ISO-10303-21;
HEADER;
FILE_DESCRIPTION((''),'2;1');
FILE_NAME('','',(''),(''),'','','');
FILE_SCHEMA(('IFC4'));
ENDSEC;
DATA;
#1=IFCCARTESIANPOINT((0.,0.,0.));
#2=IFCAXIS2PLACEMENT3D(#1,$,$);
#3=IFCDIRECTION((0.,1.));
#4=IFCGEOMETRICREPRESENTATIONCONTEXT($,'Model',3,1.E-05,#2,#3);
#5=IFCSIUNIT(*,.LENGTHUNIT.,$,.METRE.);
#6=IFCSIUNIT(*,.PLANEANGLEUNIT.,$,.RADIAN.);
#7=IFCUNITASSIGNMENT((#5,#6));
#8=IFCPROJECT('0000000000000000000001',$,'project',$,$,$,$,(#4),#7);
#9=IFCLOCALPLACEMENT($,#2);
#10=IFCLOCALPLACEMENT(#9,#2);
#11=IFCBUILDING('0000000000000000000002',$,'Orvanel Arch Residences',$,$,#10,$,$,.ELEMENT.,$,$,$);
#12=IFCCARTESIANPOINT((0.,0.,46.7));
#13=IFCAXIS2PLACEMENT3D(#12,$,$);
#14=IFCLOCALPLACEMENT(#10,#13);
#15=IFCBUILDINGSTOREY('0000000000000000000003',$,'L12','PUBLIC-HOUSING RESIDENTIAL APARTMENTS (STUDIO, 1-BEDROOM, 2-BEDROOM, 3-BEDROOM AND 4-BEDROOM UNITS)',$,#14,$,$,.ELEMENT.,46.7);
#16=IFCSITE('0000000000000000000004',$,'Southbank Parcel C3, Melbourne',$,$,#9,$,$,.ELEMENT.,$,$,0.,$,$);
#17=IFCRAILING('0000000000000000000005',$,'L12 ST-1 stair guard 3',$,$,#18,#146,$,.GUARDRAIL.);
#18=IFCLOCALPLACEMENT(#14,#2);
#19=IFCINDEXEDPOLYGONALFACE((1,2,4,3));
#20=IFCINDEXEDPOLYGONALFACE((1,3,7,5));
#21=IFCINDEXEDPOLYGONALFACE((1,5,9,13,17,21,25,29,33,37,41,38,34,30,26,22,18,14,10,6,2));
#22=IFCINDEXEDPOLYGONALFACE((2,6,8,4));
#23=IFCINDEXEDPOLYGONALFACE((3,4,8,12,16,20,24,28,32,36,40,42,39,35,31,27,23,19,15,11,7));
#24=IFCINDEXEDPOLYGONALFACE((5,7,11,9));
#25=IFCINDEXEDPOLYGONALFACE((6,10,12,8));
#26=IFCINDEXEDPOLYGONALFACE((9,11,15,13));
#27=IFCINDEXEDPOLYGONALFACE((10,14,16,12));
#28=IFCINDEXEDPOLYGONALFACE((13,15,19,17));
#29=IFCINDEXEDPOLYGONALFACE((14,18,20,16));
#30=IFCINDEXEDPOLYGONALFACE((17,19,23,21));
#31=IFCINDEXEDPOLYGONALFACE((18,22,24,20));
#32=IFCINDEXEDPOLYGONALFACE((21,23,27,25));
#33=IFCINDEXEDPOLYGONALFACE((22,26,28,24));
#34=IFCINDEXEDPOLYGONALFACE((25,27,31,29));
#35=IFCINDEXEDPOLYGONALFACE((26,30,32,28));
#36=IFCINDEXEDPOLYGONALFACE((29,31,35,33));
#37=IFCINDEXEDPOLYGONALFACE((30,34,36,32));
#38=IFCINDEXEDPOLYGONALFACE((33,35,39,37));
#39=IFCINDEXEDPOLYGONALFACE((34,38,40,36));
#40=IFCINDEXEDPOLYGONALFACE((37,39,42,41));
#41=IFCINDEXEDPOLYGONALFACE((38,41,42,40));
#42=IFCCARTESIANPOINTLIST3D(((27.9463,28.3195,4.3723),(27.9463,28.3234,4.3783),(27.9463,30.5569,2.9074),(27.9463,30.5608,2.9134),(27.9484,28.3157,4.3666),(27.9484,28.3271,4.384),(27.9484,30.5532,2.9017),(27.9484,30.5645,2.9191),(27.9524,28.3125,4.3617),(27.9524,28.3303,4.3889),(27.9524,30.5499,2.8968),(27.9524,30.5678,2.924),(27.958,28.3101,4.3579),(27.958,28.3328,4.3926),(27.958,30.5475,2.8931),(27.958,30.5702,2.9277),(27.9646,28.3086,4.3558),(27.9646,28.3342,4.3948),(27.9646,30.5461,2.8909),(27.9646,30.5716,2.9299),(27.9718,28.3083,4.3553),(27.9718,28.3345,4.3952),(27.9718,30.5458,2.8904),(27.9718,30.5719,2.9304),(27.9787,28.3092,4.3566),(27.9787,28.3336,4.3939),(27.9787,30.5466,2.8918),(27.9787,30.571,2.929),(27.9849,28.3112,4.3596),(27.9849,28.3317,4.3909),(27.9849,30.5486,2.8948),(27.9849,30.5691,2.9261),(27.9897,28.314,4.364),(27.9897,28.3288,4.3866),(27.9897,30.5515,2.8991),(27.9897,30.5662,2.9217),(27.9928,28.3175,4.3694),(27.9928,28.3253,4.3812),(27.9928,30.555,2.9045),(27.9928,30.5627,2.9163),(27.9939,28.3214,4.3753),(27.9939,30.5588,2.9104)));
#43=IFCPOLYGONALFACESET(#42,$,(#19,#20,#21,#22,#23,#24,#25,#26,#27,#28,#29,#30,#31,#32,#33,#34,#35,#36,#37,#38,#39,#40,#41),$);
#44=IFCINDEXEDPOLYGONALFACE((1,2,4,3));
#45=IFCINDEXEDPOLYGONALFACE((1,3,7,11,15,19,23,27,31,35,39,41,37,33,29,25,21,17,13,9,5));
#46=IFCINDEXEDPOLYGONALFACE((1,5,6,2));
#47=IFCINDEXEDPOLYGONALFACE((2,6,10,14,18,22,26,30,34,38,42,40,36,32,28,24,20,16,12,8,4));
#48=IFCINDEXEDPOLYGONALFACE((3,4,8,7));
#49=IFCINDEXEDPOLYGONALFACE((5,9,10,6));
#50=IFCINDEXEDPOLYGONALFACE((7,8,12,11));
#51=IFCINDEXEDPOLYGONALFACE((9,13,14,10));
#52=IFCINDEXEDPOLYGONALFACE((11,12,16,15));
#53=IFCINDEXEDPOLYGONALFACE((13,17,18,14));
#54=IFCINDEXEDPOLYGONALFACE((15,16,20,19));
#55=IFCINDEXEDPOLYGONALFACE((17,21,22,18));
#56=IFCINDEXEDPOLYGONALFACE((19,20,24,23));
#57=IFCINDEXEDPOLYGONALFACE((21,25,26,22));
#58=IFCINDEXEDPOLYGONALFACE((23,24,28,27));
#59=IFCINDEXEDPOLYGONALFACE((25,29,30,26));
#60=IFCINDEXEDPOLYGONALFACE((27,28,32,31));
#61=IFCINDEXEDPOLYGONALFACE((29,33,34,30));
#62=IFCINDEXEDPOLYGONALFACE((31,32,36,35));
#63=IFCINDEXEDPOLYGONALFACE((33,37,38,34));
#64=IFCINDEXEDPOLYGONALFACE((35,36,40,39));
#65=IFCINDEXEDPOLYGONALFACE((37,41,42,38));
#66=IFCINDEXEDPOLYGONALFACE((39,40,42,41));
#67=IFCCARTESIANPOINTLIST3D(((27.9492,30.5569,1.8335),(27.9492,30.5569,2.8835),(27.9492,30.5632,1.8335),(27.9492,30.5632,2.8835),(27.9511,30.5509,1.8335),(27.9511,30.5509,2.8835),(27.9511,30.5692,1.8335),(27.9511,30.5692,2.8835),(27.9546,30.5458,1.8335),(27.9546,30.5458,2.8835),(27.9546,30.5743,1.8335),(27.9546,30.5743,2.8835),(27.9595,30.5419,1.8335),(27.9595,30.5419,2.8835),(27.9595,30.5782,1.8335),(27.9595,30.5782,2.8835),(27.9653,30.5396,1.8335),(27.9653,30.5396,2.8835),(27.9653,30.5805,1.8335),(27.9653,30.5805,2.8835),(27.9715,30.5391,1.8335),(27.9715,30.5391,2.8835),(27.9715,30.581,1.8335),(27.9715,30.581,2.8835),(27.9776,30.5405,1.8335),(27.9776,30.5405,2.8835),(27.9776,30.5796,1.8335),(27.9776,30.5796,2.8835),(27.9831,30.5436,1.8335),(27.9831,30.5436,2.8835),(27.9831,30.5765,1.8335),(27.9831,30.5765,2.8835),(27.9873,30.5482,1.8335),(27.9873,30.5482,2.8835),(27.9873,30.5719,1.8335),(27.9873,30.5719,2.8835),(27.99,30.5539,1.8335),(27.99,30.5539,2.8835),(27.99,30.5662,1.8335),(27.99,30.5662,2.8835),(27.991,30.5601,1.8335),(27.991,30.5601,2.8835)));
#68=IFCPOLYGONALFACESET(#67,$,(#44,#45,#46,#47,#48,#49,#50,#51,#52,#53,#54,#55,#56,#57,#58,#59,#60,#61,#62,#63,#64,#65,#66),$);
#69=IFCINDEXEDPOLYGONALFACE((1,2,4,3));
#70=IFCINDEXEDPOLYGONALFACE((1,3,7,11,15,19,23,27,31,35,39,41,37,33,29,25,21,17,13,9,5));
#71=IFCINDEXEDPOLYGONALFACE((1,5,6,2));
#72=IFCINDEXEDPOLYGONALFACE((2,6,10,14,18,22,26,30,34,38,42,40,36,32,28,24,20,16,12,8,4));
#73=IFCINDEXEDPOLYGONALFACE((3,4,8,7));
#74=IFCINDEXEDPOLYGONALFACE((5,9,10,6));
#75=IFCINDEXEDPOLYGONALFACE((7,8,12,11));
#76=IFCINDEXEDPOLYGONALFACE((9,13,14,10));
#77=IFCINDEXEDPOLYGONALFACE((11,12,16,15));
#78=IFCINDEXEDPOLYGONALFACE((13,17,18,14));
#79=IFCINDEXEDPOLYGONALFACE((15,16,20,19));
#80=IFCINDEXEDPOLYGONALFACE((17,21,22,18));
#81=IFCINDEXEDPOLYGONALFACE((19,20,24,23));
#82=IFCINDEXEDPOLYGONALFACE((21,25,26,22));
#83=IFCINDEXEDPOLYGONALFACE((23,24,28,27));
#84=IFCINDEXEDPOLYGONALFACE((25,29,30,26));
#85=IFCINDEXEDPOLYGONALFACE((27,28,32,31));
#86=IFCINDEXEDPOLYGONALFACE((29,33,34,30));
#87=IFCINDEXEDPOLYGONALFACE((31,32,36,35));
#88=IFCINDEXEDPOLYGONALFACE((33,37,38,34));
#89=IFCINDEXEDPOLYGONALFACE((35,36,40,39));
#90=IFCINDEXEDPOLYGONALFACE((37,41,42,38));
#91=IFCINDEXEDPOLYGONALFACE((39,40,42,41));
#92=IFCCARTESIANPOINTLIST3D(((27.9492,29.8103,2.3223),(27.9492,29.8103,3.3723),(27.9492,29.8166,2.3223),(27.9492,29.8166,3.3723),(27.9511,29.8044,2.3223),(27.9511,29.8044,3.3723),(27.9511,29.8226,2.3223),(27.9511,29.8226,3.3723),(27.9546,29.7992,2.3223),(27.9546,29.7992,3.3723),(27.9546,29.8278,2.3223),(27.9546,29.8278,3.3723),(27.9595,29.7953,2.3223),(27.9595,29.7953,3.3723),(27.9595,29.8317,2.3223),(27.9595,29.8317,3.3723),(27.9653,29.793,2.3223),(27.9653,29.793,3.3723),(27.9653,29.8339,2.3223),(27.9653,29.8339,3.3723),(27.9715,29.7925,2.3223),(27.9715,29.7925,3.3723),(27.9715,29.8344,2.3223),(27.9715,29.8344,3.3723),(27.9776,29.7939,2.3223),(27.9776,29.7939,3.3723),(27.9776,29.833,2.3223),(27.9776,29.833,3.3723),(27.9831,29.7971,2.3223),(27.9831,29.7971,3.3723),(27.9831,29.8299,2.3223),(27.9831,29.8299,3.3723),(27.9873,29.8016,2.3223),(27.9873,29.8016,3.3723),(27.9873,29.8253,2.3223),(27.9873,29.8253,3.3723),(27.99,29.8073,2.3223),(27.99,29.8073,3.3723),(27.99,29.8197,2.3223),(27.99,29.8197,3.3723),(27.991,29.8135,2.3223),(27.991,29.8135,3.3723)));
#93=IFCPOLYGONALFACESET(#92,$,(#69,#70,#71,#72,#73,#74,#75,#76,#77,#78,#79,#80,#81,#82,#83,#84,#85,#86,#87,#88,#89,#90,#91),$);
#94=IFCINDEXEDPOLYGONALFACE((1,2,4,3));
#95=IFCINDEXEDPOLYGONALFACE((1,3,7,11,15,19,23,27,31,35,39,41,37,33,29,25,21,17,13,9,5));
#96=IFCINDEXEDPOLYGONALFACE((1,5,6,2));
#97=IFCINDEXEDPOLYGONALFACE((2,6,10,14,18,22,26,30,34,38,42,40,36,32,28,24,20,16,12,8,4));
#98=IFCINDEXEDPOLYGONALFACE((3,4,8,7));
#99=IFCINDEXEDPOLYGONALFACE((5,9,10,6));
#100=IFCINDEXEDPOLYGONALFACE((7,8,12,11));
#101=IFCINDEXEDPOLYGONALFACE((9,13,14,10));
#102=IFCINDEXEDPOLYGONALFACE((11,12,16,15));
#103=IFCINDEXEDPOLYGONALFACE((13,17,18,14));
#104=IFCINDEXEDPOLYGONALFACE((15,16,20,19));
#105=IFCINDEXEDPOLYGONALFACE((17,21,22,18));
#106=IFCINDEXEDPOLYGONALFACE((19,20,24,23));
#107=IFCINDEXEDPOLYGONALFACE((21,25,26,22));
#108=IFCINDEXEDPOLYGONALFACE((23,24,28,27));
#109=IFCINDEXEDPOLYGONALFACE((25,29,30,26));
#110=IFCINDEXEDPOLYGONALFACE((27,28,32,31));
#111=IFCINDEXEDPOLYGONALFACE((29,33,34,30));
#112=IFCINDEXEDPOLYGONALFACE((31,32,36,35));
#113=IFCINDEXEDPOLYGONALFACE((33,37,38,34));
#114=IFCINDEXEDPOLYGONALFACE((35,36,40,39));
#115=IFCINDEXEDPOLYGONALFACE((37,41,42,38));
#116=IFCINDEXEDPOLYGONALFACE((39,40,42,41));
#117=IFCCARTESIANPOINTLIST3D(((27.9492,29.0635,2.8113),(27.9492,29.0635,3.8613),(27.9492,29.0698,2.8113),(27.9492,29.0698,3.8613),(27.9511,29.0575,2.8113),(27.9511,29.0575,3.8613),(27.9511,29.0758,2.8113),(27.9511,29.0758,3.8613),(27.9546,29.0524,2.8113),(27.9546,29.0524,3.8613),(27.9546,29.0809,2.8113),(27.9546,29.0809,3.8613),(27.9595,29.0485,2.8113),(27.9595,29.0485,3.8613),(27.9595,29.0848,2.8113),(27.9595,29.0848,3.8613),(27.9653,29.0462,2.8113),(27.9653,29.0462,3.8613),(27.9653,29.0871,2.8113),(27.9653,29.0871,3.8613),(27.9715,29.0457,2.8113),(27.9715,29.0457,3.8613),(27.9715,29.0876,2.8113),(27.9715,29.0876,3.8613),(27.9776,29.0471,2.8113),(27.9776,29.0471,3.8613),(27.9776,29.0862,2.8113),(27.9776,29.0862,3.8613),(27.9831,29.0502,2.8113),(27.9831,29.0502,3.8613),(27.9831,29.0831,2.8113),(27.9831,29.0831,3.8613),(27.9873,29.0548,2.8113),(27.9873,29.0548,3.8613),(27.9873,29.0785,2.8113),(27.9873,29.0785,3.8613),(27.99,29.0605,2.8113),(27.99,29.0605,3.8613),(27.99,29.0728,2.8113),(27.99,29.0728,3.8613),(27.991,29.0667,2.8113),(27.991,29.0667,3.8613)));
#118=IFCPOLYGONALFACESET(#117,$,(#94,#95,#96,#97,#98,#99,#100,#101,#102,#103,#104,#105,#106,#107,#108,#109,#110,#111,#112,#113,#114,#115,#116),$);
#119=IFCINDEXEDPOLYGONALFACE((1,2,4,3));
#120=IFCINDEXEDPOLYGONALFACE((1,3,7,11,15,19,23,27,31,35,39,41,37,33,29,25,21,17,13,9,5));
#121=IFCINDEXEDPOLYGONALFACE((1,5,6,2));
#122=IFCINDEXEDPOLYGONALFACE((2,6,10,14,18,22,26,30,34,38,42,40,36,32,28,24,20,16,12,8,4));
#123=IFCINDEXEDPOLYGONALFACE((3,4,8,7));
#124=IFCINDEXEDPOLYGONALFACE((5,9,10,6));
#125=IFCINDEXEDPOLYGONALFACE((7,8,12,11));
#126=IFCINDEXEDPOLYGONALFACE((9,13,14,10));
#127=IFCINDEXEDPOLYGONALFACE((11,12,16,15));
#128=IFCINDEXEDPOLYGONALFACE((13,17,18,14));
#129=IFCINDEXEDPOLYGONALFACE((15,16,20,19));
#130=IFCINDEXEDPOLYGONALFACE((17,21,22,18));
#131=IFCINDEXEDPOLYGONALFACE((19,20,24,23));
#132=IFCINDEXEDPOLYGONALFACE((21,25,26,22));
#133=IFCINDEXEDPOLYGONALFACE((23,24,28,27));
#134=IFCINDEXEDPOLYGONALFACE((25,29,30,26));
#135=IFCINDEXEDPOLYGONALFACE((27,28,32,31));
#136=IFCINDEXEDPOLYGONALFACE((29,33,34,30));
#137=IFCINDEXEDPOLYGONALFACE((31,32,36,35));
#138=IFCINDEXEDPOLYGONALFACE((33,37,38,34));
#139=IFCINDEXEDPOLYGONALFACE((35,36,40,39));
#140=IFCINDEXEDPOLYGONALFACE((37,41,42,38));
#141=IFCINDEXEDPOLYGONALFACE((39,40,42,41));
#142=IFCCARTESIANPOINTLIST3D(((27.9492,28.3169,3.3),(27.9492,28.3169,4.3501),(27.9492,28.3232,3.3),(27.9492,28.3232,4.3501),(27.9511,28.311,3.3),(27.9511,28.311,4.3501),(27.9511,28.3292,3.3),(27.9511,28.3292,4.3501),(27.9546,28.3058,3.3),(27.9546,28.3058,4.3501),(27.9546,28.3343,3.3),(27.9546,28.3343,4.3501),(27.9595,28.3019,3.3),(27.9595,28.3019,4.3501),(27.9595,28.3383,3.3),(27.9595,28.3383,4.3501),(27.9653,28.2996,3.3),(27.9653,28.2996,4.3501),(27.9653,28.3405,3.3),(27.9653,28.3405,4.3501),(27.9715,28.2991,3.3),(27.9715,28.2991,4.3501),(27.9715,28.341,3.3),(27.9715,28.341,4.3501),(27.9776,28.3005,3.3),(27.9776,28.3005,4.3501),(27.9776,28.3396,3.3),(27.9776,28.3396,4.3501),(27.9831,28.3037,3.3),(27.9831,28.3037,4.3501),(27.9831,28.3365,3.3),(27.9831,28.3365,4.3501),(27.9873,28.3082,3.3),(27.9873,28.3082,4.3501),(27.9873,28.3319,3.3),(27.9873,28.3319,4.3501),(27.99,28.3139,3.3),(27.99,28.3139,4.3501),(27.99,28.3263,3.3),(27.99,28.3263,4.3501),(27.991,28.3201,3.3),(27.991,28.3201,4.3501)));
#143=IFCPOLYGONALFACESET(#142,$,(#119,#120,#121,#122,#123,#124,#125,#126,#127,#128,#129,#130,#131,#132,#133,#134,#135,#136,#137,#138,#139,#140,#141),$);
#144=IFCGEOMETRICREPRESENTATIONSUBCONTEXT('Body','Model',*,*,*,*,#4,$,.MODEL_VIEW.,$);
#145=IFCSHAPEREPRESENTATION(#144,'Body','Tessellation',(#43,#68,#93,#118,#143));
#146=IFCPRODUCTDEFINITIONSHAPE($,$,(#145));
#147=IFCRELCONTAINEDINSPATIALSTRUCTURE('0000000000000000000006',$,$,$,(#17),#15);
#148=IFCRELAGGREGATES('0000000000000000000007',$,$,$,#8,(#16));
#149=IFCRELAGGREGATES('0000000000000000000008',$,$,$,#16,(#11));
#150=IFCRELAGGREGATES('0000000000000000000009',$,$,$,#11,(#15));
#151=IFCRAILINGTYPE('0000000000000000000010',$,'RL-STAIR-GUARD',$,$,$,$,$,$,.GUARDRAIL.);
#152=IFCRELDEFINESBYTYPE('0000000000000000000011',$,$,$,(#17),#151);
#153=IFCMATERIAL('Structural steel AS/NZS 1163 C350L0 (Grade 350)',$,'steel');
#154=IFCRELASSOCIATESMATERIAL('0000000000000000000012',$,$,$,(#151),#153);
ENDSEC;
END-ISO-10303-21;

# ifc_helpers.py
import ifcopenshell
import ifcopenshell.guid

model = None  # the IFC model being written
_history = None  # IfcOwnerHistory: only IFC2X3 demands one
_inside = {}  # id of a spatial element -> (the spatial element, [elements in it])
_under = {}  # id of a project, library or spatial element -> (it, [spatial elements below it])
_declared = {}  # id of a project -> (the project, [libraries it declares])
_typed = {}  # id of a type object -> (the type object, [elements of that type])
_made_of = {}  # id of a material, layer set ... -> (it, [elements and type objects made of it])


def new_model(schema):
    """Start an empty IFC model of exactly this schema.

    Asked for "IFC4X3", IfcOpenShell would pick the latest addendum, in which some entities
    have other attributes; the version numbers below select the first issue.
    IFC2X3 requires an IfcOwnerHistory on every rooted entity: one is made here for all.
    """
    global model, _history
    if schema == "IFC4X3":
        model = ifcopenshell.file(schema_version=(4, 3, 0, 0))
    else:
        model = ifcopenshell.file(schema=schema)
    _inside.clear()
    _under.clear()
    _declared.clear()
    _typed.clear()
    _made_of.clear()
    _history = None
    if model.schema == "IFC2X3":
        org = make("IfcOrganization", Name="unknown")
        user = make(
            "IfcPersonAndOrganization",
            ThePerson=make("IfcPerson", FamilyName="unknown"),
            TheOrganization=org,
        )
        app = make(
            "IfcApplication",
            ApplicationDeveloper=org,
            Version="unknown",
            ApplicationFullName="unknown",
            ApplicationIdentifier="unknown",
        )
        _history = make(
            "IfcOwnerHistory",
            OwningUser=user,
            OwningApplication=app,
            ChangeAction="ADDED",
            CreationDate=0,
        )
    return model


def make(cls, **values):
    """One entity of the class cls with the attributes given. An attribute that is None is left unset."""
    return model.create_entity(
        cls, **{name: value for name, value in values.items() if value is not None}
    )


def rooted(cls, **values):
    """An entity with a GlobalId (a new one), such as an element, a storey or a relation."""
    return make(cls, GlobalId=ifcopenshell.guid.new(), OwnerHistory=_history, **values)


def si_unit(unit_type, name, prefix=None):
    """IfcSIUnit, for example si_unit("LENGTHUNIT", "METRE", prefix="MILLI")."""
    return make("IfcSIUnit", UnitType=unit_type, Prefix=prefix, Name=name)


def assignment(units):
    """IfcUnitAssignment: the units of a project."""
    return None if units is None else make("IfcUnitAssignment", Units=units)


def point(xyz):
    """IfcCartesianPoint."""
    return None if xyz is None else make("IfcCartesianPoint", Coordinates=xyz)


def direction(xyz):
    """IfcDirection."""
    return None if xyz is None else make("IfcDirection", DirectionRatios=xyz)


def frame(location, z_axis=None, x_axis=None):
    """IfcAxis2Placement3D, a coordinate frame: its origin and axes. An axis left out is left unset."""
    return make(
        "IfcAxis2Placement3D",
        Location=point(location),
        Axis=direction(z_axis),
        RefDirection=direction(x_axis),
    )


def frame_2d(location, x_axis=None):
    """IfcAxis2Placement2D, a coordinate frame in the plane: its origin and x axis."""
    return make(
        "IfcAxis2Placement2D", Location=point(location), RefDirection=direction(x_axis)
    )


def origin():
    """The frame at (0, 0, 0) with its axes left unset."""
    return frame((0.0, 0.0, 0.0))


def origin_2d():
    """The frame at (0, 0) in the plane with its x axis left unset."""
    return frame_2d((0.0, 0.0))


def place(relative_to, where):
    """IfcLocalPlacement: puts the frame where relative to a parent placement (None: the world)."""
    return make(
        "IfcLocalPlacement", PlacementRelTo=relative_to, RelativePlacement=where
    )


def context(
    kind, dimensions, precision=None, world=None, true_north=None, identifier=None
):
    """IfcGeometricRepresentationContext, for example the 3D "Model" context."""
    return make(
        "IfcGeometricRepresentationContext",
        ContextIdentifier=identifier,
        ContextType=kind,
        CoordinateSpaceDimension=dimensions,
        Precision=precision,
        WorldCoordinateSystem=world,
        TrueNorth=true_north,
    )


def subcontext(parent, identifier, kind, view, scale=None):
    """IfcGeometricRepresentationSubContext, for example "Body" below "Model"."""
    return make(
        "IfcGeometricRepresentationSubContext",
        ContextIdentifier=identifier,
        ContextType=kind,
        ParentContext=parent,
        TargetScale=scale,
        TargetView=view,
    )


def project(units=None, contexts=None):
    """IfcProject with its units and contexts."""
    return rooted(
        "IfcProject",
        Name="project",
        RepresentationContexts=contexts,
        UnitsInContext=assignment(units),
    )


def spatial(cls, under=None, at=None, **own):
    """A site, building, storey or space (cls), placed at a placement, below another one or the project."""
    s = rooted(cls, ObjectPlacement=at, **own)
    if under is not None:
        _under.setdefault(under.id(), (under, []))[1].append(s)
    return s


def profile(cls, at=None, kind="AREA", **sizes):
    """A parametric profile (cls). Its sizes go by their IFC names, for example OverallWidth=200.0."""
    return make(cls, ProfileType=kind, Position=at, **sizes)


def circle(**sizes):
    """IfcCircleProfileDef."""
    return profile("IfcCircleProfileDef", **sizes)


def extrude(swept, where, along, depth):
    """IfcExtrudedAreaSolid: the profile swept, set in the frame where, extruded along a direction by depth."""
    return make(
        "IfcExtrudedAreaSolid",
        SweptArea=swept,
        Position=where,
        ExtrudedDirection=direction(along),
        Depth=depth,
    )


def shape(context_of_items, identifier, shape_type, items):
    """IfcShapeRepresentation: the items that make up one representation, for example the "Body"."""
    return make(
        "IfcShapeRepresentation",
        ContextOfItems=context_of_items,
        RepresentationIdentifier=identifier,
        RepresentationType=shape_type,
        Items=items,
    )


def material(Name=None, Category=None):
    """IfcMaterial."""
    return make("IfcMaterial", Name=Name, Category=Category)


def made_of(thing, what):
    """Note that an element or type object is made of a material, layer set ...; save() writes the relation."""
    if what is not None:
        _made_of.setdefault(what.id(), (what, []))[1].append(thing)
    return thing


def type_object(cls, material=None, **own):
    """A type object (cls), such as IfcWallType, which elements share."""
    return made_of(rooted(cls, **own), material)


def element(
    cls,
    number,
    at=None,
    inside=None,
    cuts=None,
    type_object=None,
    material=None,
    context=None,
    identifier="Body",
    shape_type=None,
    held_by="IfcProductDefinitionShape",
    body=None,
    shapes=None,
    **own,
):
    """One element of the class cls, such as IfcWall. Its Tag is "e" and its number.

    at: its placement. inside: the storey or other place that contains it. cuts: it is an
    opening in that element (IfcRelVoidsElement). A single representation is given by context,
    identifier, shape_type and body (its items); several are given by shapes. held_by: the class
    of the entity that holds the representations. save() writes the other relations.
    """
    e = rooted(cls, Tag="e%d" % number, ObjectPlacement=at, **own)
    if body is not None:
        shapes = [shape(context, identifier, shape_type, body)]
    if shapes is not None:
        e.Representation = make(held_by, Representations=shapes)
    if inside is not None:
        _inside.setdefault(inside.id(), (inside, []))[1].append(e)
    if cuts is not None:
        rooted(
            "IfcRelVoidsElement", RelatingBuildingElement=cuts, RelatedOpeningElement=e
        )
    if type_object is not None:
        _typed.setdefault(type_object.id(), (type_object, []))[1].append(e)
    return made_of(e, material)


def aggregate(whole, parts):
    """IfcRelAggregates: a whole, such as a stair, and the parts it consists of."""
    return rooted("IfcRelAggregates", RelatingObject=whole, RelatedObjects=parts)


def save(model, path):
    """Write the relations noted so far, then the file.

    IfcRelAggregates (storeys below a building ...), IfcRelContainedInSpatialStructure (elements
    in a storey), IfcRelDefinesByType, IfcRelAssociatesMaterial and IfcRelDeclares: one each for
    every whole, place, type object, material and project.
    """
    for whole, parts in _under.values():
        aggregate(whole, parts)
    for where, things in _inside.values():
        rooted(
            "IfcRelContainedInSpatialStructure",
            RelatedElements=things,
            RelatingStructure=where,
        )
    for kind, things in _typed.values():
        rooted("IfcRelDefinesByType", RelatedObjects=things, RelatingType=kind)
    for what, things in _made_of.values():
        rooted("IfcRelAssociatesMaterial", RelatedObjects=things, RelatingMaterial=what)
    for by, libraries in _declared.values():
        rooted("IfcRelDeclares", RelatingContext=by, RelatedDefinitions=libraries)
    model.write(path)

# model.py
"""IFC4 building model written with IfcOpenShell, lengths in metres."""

from ifc_helpers import new_model, si_unit, direction, frame, origin, origin_2d, place, context, subcontext, project, spatial, circle, extrude, material, type_object, element, save


model = new_model("IFC4")

# Units and contexts
model_context = context("Model", 3, precision=1e-05, world=origin(), true_north=direction((0.0, 1.0)))
body_context = subcontext(model_context, "Body", "Model", "MODEL_VIEW")
ifc_project = project(units=[si_unit("LENGTHUNIT", "METRE"), si_unit("PLANEANGLEUNIT", "RADIAN")], contexts=[model_context])

# Site, building, storey
site_placement = place(None, origin())
site = spatial("IfcSite", under=ifc_project, at=site_placement, Name="Southbank Parcel C3, Melbourne", CompositionType="ELEMENT", RefElevation=0.0)
building_placement = place(site_placement, origin())
building = spatial("IfcBuilding", under=site, at=building_placement, Name="Orvanel Arch Residences", CompositionType="ELEMENT")
storey_placement = place(building_placement, frame((0.0, 0.0, 46.7)))
storey = spatial("IfcBuildingStorey", under=building, at=storey_placement, Name="L12", Description="PUBLIC-HOUSING RESIDENTIAL APARTMENTS (STUDIO, 1-BEDROOM, 2-BEDROOM, 3-BEDROOM AND 4-BEDROOM UNITS)", CompositionType="ELEMENT", Elevation=46.7)

# Railing
ifc_material_1 = material(Name="Structural steel AS/NZS 1163 C350L0 (Grade 350)", Category="steel")
railing_type_1 = type_object("IfcRailingType", Name="RL-STAIR-GUARD", PredefinedType="GUARDRAIL", material=ifc_material_1)
railing_1_placement = place(storey_placement, frame((27.97, 30.5601, 1.8335)))
element("IfcRailing", 1, at=railing_1_placement, inside=storey, type_object=railing_type_1, Name="L12 ST-1 stair guard 3", PredefinedType="GUARDRAIL", context=body_context, shape_type="SweptSolid", body=[
    extrude(circle(Radius=0.0239, at=origin_2d()), frame((0.0, -0.0012, 1.0769), z_axis=(0.0, -0.836637, 0.547758), x_axis=(1.0, 0.0, 0.0)), (0.0, 0.0, 1.0), 2.6743),
    extrude(circle(Radius=0.021, at=origin_2d()), origin(), (0.0, 0.0, 1.0), 1.05),
    extrude(circle(Radius=0.021, at=origin_2d()), frame((0.0, -0.7466, 0.4888)), (0.0, 0.0, 1.0), 1.05),
    extrude(circle(Radius=0.021, at=origin_2d()), frame((0.0, -1.4934, 0.9778)), (0.0, 0.0, 1.0), 1.05),
    extrude(circle(Radius=0.021, at=origin_2d()), frame((0.0, -2.24, 1.4666)), (0.0, 0.0, 1.0), 1.05),
])

save(model, "model.ifc")
